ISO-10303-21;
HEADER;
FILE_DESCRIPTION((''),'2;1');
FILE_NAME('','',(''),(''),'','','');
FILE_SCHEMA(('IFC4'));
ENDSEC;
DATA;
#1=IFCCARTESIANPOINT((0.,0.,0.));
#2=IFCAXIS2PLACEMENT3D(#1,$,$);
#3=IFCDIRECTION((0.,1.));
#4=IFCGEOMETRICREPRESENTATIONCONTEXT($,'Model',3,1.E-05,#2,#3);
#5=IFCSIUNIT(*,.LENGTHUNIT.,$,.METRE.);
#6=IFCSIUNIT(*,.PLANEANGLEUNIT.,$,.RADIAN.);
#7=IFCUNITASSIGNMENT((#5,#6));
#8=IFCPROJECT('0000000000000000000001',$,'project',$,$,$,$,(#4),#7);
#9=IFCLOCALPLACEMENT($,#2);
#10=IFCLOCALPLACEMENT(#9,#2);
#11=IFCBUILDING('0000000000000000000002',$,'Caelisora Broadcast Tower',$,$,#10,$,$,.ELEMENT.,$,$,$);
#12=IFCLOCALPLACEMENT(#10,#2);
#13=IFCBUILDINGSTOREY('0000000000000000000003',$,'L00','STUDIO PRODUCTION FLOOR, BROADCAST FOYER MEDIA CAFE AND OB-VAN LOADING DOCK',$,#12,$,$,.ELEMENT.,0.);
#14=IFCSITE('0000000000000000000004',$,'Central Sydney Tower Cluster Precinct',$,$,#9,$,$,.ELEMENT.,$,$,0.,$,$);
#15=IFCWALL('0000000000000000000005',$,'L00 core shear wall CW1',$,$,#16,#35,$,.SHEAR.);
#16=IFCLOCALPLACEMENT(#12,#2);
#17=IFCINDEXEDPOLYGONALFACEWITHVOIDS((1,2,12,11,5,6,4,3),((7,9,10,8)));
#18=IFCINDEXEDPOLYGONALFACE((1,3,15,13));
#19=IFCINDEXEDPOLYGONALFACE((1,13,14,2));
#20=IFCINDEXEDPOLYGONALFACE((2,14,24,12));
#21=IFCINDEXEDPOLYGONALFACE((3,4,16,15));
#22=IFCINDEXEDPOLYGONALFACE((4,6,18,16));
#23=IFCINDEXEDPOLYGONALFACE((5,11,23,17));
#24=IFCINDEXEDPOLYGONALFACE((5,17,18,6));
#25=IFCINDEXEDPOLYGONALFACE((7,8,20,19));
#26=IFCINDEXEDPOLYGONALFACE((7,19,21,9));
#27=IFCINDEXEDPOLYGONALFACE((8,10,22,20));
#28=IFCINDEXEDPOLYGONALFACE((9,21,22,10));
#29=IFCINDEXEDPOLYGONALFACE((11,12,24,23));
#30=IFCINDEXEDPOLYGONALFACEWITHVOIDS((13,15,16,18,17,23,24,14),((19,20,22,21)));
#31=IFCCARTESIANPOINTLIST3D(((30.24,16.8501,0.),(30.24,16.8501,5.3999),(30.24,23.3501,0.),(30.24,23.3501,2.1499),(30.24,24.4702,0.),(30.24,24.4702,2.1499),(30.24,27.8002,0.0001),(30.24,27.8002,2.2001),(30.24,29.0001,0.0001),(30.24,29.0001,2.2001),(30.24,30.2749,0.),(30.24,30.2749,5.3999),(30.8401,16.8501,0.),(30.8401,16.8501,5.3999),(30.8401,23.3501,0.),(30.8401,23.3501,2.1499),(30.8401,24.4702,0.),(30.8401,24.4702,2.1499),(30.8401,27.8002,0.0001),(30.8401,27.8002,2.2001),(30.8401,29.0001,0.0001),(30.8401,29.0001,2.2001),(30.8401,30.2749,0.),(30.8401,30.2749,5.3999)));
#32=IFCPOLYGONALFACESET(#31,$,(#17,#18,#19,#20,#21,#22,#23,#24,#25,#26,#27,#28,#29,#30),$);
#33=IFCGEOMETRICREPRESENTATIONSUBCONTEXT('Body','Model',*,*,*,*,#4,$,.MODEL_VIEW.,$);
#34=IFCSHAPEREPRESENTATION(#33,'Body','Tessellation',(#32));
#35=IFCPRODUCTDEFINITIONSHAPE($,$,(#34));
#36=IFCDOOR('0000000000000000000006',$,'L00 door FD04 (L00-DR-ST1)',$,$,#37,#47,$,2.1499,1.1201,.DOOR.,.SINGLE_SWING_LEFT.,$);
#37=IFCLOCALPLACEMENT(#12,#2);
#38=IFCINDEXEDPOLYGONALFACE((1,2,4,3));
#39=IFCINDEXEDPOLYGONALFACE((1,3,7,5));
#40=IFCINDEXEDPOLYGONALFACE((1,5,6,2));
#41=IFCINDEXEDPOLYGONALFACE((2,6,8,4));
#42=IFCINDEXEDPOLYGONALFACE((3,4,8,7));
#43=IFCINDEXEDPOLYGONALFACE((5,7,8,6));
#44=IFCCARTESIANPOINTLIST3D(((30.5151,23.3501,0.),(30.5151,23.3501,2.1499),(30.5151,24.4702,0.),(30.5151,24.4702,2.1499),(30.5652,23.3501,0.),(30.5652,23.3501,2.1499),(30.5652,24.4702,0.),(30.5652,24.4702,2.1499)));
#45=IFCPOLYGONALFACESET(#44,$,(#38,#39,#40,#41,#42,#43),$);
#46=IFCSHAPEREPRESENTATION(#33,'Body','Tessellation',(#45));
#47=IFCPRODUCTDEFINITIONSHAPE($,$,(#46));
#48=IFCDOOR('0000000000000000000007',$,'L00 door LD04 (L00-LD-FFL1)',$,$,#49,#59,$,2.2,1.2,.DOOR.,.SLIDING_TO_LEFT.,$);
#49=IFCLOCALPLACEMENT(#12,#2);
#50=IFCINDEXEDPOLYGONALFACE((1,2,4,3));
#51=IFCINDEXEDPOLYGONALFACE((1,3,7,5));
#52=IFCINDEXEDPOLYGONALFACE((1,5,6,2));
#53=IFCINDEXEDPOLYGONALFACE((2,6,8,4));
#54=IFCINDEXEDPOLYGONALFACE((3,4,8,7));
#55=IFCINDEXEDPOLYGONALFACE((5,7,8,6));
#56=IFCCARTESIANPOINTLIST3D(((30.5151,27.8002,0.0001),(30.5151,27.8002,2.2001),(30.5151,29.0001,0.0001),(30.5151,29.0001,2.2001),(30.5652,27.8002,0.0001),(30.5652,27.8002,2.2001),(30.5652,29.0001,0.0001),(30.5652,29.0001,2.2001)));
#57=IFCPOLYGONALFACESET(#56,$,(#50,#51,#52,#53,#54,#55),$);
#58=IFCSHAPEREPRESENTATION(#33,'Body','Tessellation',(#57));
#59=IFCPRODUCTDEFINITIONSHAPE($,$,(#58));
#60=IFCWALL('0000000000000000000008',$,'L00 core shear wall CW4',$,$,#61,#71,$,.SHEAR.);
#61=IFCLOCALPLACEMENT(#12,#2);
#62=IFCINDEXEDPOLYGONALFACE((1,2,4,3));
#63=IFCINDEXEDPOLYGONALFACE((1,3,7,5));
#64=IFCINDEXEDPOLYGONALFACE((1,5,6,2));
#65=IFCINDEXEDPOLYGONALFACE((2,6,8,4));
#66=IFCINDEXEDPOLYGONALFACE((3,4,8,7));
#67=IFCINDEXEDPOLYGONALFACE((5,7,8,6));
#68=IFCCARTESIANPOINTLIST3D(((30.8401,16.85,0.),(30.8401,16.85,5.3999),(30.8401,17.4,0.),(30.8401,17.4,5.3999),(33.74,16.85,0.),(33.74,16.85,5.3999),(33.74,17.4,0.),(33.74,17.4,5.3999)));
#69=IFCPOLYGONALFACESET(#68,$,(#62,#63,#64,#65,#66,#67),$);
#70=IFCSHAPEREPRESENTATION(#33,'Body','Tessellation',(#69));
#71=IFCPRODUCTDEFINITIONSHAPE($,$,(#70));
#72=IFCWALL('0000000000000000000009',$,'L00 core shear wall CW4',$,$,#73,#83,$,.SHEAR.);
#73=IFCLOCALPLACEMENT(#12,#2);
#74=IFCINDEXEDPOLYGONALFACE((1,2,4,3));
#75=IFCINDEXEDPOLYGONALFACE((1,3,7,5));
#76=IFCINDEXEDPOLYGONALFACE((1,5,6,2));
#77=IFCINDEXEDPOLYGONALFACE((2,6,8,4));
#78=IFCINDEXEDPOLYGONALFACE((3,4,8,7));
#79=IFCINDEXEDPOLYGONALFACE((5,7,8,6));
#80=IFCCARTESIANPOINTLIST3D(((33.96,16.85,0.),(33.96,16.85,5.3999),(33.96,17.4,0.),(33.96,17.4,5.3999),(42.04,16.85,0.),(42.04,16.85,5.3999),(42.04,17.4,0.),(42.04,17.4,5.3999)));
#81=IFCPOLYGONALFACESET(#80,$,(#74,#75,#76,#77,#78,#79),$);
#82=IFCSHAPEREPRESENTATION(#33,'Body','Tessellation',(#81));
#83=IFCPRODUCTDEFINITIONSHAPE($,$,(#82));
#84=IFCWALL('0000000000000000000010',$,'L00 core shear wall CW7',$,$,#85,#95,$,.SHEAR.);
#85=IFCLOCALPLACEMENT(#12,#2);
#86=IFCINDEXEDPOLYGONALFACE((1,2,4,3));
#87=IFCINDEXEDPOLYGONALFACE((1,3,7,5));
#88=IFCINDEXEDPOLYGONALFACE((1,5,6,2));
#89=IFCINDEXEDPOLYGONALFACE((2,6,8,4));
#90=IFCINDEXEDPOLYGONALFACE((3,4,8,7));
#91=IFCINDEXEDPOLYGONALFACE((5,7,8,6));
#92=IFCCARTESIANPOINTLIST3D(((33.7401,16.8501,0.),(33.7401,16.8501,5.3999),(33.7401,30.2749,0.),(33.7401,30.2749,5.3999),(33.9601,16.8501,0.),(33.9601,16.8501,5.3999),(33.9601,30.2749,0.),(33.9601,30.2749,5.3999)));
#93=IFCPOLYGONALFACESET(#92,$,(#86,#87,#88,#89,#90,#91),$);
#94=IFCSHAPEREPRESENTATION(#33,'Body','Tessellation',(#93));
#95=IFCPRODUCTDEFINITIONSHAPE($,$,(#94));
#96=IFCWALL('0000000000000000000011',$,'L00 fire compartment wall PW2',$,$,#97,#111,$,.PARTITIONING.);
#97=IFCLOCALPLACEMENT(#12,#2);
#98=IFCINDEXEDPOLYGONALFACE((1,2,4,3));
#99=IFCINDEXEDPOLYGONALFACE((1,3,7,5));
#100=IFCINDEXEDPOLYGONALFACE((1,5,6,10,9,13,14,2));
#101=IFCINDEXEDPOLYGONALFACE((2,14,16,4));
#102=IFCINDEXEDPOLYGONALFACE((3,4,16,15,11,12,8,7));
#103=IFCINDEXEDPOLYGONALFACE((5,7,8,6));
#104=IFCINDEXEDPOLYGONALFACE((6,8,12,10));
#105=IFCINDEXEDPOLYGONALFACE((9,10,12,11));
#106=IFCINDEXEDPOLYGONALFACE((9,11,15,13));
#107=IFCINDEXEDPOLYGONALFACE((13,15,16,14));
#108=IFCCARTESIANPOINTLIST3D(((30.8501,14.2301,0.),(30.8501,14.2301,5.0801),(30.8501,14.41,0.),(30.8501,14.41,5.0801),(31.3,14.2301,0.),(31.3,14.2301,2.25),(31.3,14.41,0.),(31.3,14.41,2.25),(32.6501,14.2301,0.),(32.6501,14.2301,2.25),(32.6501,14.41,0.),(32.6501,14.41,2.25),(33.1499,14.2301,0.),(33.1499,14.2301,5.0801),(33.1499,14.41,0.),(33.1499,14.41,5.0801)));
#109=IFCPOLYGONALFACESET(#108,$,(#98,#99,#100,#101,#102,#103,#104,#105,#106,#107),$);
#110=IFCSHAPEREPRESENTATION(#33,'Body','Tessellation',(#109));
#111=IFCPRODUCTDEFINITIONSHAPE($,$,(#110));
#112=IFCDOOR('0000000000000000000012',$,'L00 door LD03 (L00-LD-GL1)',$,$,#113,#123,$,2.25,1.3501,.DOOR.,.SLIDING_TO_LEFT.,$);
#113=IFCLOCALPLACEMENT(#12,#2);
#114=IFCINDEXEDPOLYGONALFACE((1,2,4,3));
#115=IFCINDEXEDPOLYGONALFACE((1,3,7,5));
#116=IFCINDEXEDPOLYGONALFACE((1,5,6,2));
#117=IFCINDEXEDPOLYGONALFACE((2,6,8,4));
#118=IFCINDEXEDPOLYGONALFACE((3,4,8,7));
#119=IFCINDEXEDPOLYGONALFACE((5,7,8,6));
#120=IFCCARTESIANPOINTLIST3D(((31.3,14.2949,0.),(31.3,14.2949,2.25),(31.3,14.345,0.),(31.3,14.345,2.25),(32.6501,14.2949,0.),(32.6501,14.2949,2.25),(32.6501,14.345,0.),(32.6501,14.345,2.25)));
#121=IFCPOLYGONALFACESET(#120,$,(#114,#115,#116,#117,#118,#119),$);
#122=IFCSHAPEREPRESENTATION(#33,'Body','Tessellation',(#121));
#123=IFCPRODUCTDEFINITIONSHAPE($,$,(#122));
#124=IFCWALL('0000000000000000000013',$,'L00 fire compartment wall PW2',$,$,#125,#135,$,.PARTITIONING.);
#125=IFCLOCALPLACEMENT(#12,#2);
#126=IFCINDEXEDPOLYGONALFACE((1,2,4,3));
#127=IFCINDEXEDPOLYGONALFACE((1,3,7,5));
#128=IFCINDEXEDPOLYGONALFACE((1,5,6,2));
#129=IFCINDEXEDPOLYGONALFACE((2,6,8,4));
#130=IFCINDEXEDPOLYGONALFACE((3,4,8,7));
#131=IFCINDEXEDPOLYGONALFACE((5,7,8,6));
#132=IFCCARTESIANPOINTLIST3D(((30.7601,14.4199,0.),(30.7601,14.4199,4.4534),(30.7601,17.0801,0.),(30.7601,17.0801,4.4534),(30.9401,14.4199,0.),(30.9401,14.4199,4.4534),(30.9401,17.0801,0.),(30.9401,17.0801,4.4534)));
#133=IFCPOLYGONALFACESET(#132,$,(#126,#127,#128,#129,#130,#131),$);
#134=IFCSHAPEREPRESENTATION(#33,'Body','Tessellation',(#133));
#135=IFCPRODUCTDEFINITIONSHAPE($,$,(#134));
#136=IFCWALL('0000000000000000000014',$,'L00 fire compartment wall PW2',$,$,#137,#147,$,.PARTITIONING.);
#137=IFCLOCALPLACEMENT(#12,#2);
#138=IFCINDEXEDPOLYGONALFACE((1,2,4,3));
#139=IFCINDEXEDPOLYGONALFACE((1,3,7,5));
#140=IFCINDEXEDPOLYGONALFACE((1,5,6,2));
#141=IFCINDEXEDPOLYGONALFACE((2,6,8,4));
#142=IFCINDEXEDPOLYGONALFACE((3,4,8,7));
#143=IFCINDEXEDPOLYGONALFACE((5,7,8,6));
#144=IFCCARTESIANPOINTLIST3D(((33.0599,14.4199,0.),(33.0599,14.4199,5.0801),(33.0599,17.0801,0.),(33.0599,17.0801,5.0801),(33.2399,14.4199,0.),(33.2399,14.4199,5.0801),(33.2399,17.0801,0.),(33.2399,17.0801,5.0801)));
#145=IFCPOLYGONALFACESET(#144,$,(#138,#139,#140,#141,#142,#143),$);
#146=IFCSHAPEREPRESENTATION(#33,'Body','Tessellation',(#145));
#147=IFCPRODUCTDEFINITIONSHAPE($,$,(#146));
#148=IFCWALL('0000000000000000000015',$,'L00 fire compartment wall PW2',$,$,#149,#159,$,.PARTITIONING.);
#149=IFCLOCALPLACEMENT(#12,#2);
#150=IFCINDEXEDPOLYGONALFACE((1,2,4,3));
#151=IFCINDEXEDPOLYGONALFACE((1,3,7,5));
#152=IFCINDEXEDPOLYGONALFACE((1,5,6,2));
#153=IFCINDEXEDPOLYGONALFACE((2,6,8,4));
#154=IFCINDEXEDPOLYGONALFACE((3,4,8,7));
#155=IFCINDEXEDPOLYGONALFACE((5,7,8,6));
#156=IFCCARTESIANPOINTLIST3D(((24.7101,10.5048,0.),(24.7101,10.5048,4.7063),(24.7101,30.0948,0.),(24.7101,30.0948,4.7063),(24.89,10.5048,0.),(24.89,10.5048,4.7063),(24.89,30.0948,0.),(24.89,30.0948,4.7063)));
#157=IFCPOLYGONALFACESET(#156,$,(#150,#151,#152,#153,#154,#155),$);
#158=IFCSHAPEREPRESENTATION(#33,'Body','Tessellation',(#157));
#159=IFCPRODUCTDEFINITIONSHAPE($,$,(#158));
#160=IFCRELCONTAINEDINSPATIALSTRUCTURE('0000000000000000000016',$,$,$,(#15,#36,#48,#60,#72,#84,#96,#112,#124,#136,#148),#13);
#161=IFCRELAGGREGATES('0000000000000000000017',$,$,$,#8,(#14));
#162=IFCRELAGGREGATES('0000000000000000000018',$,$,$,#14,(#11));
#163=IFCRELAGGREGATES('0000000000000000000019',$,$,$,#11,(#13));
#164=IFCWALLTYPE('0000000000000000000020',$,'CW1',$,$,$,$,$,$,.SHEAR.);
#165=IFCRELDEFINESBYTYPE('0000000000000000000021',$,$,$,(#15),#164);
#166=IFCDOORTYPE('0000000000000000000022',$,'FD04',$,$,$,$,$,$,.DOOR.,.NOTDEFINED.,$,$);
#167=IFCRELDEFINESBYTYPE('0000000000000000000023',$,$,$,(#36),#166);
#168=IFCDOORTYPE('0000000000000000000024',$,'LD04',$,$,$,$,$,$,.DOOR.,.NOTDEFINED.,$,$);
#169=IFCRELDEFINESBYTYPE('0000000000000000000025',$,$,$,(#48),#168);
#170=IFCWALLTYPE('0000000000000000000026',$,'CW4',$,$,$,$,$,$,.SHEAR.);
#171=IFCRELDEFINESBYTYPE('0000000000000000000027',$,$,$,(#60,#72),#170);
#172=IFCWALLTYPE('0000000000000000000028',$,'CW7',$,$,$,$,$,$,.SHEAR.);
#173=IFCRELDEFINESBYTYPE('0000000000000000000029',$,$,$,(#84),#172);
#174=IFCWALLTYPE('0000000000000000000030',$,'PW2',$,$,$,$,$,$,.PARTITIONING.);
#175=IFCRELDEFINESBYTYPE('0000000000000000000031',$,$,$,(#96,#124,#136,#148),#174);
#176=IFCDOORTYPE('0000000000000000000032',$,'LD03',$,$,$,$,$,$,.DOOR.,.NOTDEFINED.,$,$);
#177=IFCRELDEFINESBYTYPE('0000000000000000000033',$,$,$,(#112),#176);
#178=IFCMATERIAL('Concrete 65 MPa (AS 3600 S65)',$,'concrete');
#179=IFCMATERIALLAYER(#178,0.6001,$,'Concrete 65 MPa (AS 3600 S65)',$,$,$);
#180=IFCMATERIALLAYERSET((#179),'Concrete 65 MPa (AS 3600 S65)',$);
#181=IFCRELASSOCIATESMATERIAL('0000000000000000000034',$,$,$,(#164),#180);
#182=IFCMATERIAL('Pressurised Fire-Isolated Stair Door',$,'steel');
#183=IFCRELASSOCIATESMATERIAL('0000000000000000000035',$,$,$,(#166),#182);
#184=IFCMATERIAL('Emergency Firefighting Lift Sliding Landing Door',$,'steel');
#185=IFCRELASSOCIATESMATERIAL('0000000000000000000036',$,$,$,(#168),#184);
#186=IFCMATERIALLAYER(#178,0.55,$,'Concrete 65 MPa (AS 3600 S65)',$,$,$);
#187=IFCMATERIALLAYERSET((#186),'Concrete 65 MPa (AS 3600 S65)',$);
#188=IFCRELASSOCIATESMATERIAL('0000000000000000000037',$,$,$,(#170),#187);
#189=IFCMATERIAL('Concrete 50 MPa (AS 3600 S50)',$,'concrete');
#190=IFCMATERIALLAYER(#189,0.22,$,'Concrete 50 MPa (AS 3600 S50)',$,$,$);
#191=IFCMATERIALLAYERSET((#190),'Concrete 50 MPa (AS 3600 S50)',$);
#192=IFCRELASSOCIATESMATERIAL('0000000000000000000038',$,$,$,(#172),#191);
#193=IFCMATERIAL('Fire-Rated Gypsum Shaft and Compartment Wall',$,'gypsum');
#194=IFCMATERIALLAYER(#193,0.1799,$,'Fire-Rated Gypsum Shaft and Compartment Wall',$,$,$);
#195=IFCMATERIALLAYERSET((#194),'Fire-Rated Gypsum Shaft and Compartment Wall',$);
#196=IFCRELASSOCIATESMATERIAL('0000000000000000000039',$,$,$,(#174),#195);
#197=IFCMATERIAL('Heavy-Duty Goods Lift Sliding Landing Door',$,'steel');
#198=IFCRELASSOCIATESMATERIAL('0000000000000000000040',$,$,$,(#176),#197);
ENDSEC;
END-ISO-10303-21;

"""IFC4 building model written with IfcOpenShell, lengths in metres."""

from ifc_helpers import new_model, si_unit, direction, frame, frame_2d, origin, place, context, subcontext, project, spatial, rectangle, extrude, material, layer, layer_set, type_object, element, fill, save


model = new_model("IFC4")

# Units and contexts
model_context = context("Model", 3, precision=1e-05, world=origin(), true_north=direction((0.0, 1.0)))
body_context = subcontext(model_context, "Body", "Model", "MODEL_VIEW")
ifc_project = project(units=[si_unit("LENGTHUNIT", "METRE"), si_unit("PLANEANGLEUNIT", "RADIAN")], contexts=[model_context])

# Site, building, storey
site_placement = place(None, origin())
site = spatial("IfcSite", under=ifc_project, at=site_placement, Name="Central Sydney Tower Cluster Precinct", CompositionType="ELEMENT", RefElevation=0.0)
building_placement = place(site_placement, origin())
building = spatial("IfcBuilding", under=site, at=building_placement, Name="Caelisora Broadcast Tower", CompositionType="ELEMENT")
storey_placement = place(building_placement, origin())
storey = spatial("IfcBuildingStorey", under=building, at=storey_placement, Name="L00", Description="STUDIO PRODUCTION FLOOR, BROADCAST FOYER MEDIA CAFE AND OB-VAN LOADING DOCK", CompositionType="ELEMENT", Elevation=0.0)

# Wall, openings, doors
ifc_material_1 = material(Name="Concrete 65 MPa (AS 3600 S65)", Category="concrete")
ifc_layer_1 = layer(ifc_material_1, 0.6001, Name="Concrete 65 MPa (AS 3600 S65)")
ifc_layer_set_1 = layer_set([ifc_layer_1], Name="Concrete 65 MPa (AS 3600 S65)")
wall_type_1 = type_object("IfcWallType", Name="CW1", PredefinedType="SHEAR", material=ifc_layer_set_1)
wall_1_placement = place(storey_placement, frame((30.54, 16.8501, 0.0), z_axis=(0.0, 0.0, 1.0), x_axis=(0.0, 1.0, 0.0)))
wall_1 = element("IfcWall", 1, at=wall_1_placement, inside=storey, type_object=wall_type_1, Name="L00 core shear wall CW1", PredefinedType="SHEAR", context=body_context, shape_type="SweptSolid", body=[
    extrude(rectangle(XDim=13.4248, YDim=0.6001, at=frame_2d((6.7124, 0.0))), origin(), (0.0, 0.0, 1.0), 5.3999),
])
opening_1_placement = place(wall_1_placement, frame((6.5, 0.0, 0.0)))
opening_1 = element("IfcOpeningElement", 2, at=opening_1_placement, cuts=wall_1, PredefinedType="OPENING", context=body_context, shape_type="SweptSolid", body=[
    extrude(rectangle(XDim=1.1201, YDim=2.1499, at=frame_2d((0.5601, 1.075))), frame((0.0, 0.312, 0.0), z_axis=(0.0, -1.0, 0.0), x_axis=(1.0, 0.0, 0.0)), (0.0, 0.0, 1.0), 0.624),
])
opening_2_placement = place(wall_1_placement, frame((10.95, 0.0, 0.0)))
opening_2 = element("IfcOpeningElement", 3, at=opening_2_placement, cuts=wall_1, PredefinedType="OPENING", context=body_context, shape_type="SweptSolid", body=[
    extrude(rectangle(XDim=1.2, YDim=2.2, at=frame_2d((0.6001, 1.1001))), frame((0.0, 0.312, 0.0), z_axis=(0.0, -1.0, 0.0), x_axis=(1.0, 0.0, 0.0)), (0.0, 0.0, 1.0), 0.624),
])
ifc_material_2 = material(Name="Pressurised Fire-Isolated Stair Door", Category="steel")
door_type_1 = type_object("IfcDoorType", Name="FD04", OperationType="NOTDEFINED", PredefinedType="DOOR", material=ifc_material_2)
door_1_placement = place(opening_1_placement, origin())
door_1 = element("IfcDoor", 4, at=door_1_placement, inside=storey, type_object=door_type_1, Name="L00 door FD04 (L00-DR-ST1)", OperationType="SINGLE_SWING_LEFT", OverallHeight=2.1499, OverallWidth=1.1201, PredefinedType="DOOR", context=body_context, shape_type="SweptSolid", body=[
    extrude(rectangle(XDim=1.1201, YDim=2.1499, at=frame_2d((0.5601, 1.075))), frame((0.0, 0.0249, 0.0), z_axis=(0.0, -1.0, 0.0), x_axis=(1.0, 0.0, 0.0)), (0.0, 0.0, 1.0), 0.05),
])
fill(opening_1, door_1)
ifc_material_3 = material(Name="Emergency Firefighting Lift Sliding Landing Door", Category="steel")
door_type_2 = type_object("IfcDoorType", Name="LD04", OperationType="NOTDEFINED", PredefinedType="DOOR", material=ifc_material_3)
door_2_placement = place(opening_2_placement, origin())
door_2 = element("IfcDoor", 5, at=door_2_placement, inside=storey, type_object=door_type_2, Name="L00 door LD04 (L00-LD-FFL1)", OperationType="SLIDING_TO_LEFT", OverallHeight=2.2, OverallWidth=1.2, PredefinedType="DOOR", context=body_context, shape_type="SweptSolid", body=[
    extrude(rectangle(XDim=1.2, YDim=2.2, at=frame_2d((0.6001, 1.1001))), frame((0.0, 0.0249, 0.0), z_axis=(0.0, -1.0, 0.0), x_axis=(1.0, 0.0, 0.0)), (0.0, 0.0, 1.0), 0.05),
])
fill(opening_2, door_2)

# Walls
ifc_layer_2 = layer(ifc_material_1, 0.55, Name="Concrete 65 MPa (AS 3600 S65)")
ifc_layer_set_2 = layer_set([ifc_layer_2], Name="Concrete 65 MPa (AS 3600 S65)")
wall_type_2 = type_object("IfcWallType", Name="CW4", PredefinedType="SHEAR", material=ifc_layer_set_2)
wall_2_placement = place(storey_placement, frame((30.8401, 17.125, 0.0), z_axis=(0.0, 0.0, 1.0), x_axis=(1.0, 0.0, 0.0)))
element("IfcWall", 6, at=wall_2_placement, inside=storey, type_object=wall_type_2, Name="L00 core shear wall CW4", PredefinedType="SHEAR", context=body_context, shape_type="SweptSolid", body=[
    extrude(rectangle(XDim=2.8999, YDim=0.55, at=frame_2d((1.45, 0.0))), origin(), (0.0, 0.0, 1.0), 5.3999),
])
wall_3_placement = place(storey_placement, frame((33.96, 17.125, 0.0), z_axis=(0.0, 0.0, 1.0), x_axis=(1.0, 0.0, 0.0)))
element("IfcWall", 7, at=wall_3_placement, inside=storey, type_object=wall_type_2, Name="L00 core shear wall CW4", PredefinedType="SHEAR", context=body_context, shape_type="SweptSolid", body=[
    extrude(rectangle(XDim=8.0801, YDim=0.55, at=frame_2d((4.04, 0.0))), origin(), (0.0, 0.0, 1.0), 5.3999),
])
ifc_material_4 = material(Name="Concrete 50 MPa (AS 3600 S50)", Category="concrete")
ifc_layer_3 = layer(ifc_material_4, 0.22, Name="Concrete 50 MPa (AS 3600 S50)")
ifc_layer_set_3 = layer_set([ifc_layer_3], Name="Concrete 50 MPa (AS 3600 S50)")
wall_type_3 = type_object("IfcWallType", Name="CW7", PredefinedType="SHEAR", material=ifc_layer_set_3)
wall_4_placement = place(storey_placement, frame((33.8501, 16.8501, 0.0), z_axis=(0.0, 0.0, 1.0), x_axis=(0.0, 1.0, 0.0)))
element("IfcWall", 8, at=wall_4_placement, inside=storey, type_object=wall_type_3, Name="L00 core shear wall CW7", PredefinedType="SHEAR", context=body_context, shape_type="SweptSolid", body=[
    extrude(rectangle(XDim=13.4248, YDim=0.22, at=frame_2d((6.7124, 0.0))), origin(), (0.0, 0.0, 1.0), 5.3999),
])

# Wall, opening, door
ifc_material_5 = material(Name="Fire-Rated Gypsum Shaft and Compartment Wall", Category="gypsum")
ifc_layer_4 = layer(ifc_material_5, 0.1799, Name="Fire-Rated Gypsum Shaft and Compartment Wall")
ifc_layer_set_4 = layer_set([ifc_layer_4], Name="Fire-Rated Gypsum Shaft and Compartment Wall")
wall_type_4 = type_object("IfcWallType", Name="PW2", PredefinedType="PARTITIONING", material=ifc_layer_set_4)
wall_5_placement = place(storey_placement, frame((30.8501, 14.3201, 0.0), z_axis=(0.0, 0.0, 1.0), x_axis=(1.0, 0.0, 0.0)))
wall_5 = element("IfcWall", 9, at=wall_5_placement, inside=storey, type_object=wall_type_4, Name="L00 fire compartment wall PW2", PredefinedType="PARTITIONING", context=body_context, shape_type="SweptSolid", body=[
    extrude(rectangle(XDim=2.2998, YDim=0.1799, at=frame_2d((1.1499, 0.0))), origin(), (0.0, 0.0, 1.0), 5.0801),
])
opening_3_placement = place(wall_5_placement, frame((0.45, 0.0, 0.0)))
opening_3 = element("IfcOpeningElement", 10, at=opening_3_placement, cuts=wall_5, PredefinedType="OPENING", context=body_context, shape_type="SweptSolid", body=[
    extrude(rectangle(XDim=1.3501, YDim=2.25, at=frame_2d((0.675, 1.125))), frame((0.0, 0.1021, 0.0), z_axis=(0.0, -1.0, 0.0), x_axis=(1.0, 0.0, 0.0)), (0.0, 0.0, 1.0), 0.2039),
])
ifc_material_6 = material(Name="Heavy-Duty Goods Lift Sliding Landing Door", Category="steel")
door_type_3 = type_object("IfcDoorType", Name="LD03", OperationType="NOTDEFINED", PredefinedType="DOOR", material=ifc_material_6)
door_3_placement = place(opening_3_placement, origin())
door_3 = element("IfcDoor", 11, at=door_3_placement, inside=storey, type_object=door_type_3, Name="L00 door LD03 (L00-LD-GL1)", OperationType="SLIDING_TO_LEFT", OverallHeight=2.25, OverallWidth=1.3501, PredefinedType="DOOR", context=body_context, shape_type="SweptSolid", body=[
    extrude(rectangle(XDim=1.3501, YDim=2.25, at=frame_2d((0.675, 1.125))), frame((0.0, 0.0249, 0.0), z_axis=(0.0, -1.0, 0.0), x_axis=(1.0, 0.0, 0.0)), (0.0, 0.0, 1.0), 0.05),
])
fill(opening_3, door_3)

# Walls
wall_6_placement = place(storey_placement, frame((30.8501, 14.4199, 0.0), z_axis=(0.0, 0.0, 1.0), x_axis=(0.0, 1.0, 0.0)))
element("IfcWall", 12, at=wall_6_placement, inside=storey, type_object=wall_type_4, Name="L00 fire compartment wall PW2", PredefinedType="PARTITIONING", context=body_context, shape_type="SweptSolid", body=[
    extrude(rectangle(XDim=2.6602, YDim=0.1799, at=frame_2d((1.3301, 0.0))), origin(), (0.0, 0.0, 1.0), 4.4534),
])
wall_7_placement = place(storey_placement, frame((33.1499, 14.4199, 0.0), z_axis=(0.0, 0.0, 1.0), x_axis=(0.0, 1.0, 0.0)))
element("IfcWall", 13, at=wall_7_placement, inside=storey, type_object=wall_type_4, Name="L00 fire compartment wall PW2", PredefinedType="PARTITIONING", context=body_context, shape_type="SweptSolid", body=[
    extrude(rectangle(XDim=2.6602, YDim=0.1799, at=frame_2d((1.3301, 0.0))), origin(), (0.0, 0.0, 1.0), 5.0801),
])
wall_8_placement = place(storey_placement, frame((24.8, 10.5049, 0.0), z_axis=(0.0, 0.0, 1.0), x_axis=(0.0, 1.0, 0.0)))
element("IfcWall", 14, at=wall_8_placement, inside=storey, type_object=wall_type_4, Name="L00 fire compartment wall PW2", PredefinedType="PARTITIONING", context=body_context, shape_type="SweptSolid", body=[
    extrude(rectangle(XDim=19.5901, YDim=0.1799, at=frame_2d((9.7949, 0.0))), origin(), (0.0, 0.0, 1.0), 4.7063),
])

save(model, "model.ifc")
